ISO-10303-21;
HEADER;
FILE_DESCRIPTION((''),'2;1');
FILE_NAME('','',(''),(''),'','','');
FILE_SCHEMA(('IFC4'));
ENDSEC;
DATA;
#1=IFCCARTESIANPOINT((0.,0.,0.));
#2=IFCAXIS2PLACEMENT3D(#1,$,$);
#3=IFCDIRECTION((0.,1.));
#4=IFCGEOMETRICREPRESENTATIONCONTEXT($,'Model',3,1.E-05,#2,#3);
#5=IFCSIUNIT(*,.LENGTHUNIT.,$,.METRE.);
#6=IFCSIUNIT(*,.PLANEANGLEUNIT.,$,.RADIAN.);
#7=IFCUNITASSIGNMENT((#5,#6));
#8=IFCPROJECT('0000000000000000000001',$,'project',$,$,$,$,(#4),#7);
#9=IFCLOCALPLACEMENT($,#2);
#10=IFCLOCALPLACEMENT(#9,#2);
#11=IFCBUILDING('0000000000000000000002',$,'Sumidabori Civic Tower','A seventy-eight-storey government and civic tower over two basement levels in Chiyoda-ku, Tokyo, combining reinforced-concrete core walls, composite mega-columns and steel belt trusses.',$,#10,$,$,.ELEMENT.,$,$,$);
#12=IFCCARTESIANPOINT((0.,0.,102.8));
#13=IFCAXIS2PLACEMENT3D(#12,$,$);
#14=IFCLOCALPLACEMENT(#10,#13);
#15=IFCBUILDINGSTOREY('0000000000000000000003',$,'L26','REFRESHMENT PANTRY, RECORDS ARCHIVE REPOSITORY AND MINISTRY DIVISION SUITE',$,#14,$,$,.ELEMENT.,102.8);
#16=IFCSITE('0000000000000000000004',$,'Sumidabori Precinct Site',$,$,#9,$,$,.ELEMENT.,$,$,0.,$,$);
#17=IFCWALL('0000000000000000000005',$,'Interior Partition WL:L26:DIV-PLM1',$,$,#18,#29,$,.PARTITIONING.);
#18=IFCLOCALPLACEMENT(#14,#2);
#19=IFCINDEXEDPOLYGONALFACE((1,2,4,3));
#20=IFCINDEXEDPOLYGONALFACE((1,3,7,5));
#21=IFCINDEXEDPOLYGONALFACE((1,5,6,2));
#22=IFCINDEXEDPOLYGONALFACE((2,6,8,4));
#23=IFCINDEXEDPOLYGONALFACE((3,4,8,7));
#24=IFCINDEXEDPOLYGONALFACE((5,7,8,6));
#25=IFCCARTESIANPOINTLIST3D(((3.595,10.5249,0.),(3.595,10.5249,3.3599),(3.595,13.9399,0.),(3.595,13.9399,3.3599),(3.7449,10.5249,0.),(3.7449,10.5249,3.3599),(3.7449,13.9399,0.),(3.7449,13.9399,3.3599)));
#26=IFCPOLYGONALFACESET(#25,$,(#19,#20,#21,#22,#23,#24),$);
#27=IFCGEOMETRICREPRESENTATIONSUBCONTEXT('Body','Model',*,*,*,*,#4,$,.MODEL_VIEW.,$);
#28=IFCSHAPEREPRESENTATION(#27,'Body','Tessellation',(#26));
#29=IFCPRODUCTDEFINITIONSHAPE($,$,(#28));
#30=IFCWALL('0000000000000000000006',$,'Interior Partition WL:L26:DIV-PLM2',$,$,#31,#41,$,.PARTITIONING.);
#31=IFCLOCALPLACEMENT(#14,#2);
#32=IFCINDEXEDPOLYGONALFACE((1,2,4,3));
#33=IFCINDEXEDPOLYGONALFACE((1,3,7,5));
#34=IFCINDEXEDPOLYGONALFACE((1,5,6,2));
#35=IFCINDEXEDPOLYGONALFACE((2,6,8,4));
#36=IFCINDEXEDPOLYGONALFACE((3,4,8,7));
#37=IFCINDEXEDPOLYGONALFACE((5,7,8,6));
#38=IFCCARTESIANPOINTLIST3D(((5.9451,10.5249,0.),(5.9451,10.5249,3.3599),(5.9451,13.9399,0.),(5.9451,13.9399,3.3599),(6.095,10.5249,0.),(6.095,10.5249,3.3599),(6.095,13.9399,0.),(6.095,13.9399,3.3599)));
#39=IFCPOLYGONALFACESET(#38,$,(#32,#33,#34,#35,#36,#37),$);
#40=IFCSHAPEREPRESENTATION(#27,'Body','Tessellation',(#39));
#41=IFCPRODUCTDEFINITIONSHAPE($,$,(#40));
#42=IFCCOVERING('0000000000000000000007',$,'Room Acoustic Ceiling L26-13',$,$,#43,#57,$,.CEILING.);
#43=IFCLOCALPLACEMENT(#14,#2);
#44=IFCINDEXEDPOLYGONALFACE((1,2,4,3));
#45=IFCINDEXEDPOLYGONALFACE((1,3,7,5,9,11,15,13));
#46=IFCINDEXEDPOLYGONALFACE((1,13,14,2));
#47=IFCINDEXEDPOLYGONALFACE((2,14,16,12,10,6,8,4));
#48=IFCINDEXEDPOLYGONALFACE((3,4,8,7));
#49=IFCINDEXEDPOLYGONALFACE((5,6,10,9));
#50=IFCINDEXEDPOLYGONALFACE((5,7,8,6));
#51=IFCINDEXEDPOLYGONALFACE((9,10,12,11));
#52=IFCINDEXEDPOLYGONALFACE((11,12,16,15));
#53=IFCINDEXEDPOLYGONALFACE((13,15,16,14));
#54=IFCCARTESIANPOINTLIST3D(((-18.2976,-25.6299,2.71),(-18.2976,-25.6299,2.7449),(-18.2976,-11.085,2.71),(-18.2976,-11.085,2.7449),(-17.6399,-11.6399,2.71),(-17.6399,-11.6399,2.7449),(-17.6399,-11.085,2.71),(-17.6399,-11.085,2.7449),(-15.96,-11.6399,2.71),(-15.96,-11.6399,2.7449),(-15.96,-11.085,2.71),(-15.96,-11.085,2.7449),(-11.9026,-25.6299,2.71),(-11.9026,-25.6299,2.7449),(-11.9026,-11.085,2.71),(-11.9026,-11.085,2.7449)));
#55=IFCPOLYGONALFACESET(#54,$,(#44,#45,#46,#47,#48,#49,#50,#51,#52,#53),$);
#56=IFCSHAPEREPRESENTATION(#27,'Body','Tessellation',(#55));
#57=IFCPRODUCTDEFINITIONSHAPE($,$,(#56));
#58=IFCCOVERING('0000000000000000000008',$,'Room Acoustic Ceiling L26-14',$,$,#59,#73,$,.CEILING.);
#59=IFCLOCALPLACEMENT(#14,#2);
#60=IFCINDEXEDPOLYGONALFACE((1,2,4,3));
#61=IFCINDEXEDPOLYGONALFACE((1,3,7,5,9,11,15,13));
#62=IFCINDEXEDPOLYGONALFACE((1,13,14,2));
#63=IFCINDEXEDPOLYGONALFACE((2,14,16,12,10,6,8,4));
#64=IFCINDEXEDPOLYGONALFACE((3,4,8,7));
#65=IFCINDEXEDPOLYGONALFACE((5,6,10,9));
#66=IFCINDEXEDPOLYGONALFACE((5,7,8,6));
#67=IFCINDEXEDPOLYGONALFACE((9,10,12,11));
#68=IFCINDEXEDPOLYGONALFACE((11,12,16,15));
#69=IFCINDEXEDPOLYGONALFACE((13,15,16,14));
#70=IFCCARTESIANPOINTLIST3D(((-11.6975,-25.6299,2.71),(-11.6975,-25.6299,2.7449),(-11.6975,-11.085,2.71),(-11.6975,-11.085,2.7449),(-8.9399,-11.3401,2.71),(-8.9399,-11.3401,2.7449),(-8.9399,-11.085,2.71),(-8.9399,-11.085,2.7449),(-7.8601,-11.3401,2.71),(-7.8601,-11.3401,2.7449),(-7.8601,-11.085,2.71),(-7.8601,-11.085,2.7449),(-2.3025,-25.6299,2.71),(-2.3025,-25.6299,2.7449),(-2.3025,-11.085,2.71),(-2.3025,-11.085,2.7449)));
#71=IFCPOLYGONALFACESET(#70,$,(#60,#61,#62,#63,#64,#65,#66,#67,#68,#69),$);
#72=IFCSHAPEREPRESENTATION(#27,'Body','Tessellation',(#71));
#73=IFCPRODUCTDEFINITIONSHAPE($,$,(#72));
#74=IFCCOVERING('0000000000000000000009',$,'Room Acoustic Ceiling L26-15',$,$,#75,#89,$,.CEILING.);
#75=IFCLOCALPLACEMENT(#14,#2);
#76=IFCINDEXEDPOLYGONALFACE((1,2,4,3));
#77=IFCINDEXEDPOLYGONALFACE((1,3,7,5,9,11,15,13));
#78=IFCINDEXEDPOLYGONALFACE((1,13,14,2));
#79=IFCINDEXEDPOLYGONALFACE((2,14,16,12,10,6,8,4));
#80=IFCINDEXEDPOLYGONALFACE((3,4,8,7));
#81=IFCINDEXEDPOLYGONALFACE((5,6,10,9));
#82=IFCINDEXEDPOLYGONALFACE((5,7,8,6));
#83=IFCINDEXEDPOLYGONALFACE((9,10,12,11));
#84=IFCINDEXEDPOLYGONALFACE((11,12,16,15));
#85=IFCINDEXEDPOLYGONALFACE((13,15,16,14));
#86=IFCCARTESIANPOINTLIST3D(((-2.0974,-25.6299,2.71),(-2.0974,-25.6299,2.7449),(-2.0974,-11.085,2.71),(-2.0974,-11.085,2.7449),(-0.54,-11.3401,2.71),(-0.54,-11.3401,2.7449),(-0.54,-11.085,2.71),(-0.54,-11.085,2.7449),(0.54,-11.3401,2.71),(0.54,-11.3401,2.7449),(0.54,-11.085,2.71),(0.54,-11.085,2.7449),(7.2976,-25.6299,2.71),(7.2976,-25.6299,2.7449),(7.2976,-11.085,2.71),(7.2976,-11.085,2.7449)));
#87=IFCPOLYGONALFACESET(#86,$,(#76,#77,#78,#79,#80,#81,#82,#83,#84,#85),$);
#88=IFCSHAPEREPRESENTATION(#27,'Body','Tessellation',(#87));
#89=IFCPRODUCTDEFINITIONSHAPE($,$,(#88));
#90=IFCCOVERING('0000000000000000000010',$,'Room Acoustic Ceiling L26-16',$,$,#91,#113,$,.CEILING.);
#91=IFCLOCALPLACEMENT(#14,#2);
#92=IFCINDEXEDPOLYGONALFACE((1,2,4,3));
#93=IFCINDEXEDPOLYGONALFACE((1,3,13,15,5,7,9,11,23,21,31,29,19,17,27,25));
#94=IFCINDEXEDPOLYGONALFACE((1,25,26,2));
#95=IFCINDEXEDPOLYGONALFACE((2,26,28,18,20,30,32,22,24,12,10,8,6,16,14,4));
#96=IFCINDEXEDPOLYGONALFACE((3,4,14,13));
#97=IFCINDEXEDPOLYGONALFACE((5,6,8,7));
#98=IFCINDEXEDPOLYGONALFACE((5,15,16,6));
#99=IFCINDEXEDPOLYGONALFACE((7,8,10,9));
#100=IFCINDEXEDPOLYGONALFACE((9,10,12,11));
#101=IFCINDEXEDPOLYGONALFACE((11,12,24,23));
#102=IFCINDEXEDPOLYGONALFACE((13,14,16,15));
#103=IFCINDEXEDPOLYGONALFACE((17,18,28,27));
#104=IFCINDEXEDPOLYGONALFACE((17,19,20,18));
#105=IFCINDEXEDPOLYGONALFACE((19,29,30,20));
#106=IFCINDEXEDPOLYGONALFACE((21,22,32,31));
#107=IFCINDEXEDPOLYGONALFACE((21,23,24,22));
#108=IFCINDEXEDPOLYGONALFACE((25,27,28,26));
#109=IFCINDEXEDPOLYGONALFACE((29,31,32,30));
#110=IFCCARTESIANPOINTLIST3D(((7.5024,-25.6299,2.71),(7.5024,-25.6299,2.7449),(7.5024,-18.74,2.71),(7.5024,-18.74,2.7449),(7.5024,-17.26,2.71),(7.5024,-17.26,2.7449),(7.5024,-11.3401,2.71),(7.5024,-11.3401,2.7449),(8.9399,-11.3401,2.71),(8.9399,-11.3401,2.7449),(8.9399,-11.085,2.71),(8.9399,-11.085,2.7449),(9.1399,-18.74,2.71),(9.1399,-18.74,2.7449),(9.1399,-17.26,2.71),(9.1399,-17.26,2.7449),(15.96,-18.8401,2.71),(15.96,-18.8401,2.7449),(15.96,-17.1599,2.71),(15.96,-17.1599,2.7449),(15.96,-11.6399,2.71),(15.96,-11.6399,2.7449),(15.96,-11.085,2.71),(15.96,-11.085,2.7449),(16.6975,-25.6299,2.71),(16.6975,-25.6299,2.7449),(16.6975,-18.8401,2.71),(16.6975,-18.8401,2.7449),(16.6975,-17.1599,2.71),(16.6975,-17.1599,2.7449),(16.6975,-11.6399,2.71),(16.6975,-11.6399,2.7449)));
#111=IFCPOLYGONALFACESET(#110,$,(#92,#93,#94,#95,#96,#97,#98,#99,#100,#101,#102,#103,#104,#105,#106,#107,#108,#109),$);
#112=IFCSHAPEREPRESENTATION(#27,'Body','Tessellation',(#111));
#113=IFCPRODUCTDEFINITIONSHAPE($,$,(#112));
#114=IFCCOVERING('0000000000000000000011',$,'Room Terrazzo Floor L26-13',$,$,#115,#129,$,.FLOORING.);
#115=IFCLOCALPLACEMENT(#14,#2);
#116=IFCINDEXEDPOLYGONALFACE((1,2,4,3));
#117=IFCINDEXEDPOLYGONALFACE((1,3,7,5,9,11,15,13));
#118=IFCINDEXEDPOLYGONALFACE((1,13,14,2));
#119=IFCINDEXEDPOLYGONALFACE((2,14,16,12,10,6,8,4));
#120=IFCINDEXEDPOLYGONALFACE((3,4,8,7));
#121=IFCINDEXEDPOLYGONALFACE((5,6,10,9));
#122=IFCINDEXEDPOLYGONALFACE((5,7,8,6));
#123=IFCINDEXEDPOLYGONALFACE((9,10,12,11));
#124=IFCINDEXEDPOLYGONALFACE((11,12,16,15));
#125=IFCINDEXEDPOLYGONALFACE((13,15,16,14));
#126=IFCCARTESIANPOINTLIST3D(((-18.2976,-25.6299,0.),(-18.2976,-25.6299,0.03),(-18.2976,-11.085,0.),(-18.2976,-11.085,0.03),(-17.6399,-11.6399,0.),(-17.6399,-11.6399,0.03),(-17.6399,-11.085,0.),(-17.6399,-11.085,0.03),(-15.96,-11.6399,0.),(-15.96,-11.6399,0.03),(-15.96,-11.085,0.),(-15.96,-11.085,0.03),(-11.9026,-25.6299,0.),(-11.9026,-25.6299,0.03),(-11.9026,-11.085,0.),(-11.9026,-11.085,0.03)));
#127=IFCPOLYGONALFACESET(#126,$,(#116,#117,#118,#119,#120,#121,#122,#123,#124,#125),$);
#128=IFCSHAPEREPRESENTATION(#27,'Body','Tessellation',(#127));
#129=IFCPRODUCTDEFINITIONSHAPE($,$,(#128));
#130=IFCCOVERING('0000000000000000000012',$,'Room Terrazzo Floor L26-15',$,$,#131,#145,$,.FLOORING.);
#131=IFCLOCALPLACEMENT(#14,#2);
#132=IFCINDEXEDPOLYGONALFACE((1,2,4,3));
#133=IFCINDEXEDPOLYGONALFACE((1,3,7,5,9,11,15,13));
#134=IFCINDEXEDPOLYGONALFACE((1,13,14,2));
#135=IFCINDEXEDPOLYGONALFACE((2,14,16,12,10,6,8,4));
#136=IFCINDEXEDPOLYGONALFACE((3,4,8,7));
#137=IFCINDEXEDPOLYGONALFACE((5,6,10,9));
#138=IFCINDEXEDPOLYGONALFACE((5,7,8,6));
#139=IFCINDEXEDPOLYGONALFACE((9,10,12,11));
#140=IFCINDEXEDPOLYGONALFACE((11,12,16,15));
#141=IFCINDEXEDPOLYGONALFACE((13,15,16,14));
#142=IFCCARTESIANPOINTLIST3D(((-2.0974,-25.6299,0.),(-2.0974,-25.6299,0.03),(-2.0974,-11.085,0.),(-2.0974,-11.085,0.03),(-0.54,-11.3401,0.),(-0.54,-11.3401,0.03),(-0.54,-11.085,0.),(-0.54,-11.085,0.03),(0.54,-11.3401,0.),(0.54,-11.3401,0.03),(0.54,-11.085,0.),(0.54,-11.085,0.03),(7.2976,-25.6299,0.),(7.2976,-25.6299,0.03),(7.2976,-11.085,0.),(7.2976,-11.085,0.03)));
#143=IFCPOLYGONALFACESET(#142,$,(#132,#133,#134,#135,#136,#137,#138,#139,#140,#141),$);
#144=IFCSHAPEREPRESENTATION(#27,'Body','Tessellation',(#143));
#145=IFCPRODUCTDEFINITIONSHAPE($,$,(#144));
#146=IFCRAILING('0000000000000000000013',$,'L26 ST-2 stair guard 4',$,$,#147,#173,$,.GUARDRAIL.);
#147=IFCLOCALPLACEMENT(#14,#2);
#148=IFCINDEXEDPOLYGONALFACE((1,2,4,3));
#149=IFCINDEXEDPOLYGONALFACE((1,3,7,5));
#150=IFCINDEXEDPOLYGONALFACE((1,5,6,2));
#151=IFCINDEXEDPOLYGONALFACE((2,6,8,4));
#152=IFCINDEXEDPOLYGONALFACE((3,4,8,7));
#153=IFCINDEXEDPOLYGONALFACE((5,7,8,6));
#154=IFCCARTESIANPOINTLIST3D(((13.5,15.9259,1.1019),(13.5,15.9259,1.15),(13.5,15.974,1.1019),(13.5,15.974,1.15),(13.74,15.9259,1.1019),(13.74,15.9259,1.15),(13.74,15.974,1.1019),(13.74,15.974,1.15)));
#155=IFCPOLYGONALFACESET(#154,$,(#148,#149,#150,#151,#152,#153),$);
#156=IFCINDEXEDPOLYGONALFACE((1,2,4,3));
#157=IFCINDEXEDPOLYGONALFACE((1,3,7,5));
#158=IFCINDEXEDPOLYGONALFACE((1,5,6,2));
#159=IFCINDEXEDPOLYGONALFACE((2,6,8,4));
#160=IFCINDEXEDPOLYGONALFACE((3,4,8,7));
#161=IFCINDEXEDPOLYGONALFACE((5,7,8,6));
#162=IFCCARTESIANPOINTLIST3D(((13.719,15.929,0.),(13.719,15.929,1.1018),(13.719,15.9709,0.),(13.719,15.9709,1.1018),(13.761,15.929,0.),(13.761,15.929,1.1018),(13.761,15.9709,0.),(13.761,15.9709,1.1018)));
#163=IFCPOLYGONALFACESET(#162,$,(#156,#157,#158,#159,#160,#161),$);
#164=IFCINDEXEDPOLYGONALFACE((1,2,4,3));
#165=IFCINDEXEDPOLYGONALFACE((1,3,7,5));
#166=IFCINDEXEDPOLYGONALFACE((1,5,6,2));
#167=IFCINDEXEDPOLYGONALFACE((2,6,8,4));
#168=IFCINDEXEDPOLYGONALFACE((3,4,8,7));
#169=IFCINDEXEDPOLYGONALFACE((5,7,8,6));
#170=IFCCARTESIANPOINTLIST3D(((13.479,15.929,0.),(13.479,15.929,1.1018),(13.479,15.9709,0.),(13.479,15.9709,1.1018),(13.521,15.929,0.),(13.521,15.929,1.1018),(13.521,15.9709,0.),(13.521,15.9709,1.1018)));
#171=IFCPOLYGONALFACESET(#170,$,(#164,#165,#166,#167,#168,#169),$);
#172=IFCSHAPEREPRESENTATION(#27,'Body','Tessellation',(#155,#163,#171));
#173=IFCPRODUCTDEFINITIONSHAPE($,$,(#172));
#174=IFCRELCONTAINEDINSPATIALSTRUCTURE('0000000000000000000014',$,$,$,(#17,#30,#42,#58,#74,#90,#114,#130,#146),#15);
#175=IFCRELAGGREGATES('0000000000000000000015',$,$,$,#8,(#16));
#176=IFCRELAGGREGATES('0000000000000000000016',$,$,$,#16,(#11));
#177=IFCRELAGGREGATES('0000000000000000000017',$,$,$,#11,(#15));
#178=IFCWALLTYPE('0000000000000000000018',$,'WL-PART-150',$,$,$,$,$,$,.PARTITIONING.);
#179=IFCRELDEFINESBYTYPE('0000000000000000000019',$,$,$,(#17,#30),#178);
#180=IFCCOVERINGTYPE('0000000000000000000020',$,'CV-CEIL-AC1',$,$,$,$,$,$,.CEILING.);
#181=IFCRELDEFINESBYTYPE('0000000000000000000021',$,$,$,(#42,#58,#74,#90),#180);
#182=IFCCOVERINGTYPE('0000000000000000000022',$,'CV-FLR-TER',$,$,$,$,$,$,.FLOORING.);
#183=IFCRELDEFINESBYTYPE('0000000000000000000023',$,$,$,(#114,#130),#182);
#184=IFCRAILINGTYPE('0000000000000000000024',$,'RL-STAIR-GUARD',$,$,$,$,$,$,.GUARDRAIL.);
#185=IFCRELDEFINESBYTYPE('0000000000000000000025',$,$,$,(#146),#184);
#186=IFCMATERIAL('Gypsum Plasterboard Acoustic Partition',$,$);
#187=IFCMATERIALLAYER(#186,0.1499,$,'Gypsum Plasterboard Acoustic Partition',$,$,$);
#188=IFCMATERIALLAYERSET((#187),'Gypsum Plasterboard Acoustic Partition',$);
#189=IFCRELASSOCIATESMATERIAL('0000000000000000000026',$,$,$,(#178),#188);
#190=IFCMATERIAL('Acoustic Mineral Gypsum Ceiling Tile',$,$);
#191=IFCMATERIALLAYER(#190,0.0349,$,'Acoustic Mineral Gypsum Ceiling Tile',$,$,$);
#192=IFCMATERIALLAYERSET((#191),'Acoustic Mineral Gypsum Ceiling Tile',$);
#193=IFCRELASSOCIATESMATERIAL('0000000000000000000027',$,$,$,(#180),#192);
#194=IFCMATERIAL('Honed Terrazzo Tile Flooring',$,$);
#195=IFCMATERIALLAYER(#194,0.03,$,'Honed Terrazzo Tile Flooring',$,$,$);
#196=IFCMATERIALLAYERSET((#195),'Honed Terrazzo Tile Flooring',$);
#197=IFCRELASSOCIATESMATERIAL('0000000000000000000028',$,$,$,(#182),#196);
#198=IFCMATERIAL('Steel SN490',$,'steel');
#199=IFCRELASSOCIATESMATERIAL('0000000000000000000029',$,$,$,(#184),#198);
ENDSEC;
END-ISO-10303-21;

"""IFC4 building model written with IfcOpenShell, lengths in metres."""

from ifc_helpers import new_model, si_unit, direction, frame, frame_2d, origin, origin_2d, place, context, subcontext, project, spatial, polyline, rectangle, outline, extrude, source, transform, mapped, material, layer, layer_set, type_object, element, save


model = new_model("IFC4")

# Units and contexts
model_context = context("Model", 3, precision=1e-05, world=origin(), true_north=direction((0.0, 1.0)))
body_context = subcontext(model_context, "Body", "Model", "MODEL_VIEW")
ifc_project = project(units=[si_unit("LENGTHUNIT", "METRE"), si_unit("PLANEANGLEUNIT", "RADIAN")], contexts=[model_context])

# Site, building, storey
site_placement = place(None, origin())
site = spatial("IfcSite", under=ifc_project, at=site_placement, Name="Sumidabori Precinct Site", CompositionType="ELEMENT", RefElevation=0.0)
building_placement = place(site_placement, origin())
building = spatial("IfcBuilding", under=site, at=building_placement, Name="Sumidabori Civic Tower", Description="A seventy-eight-storey government and civic tower over two basement levels in Chiyoda-ku, Tokyo, combining reinforced-concrete core walls, composite mega-columns and steel belt trusses.", CompositionType="ELEMENT")
storey_placement = place(building_placement, frame((0.0, 0.0, 102.8)))
storey = spatial("IfcBuildingStorey", under=building, at=storey_placement, Name="L26", Description="REFRESHMENT PANTRY, RECORDS ARCHIVE REPOSITORY AND MINISTRY DIVISION SUITE", CompositionType="ELEMENT", Elevation=102.8)

# Shared definitions
ifc_material_1 = material(Name="Steel SN490", Category="steel")

# Shared definitions
ifc_material_2 = material(Name="Gypsum Plasterboard Acoustic Partition")
ifc_layer_1 = layer(ifc_material_2, 0.1499, Name="Gypsum Plasterboard Acoustic Partition")
ifc_layer_set_1 = layer_set([ifc_layer_1], Name="Gypsum Plasterboard Acoustic Partition")
wall_type_1 = type_object("IfcWallType", Name="WL-PART-150", PredefinedType="PARTITIONING", material=ifc_layer_set_1)

# Walls
shared_shape_1 = source(origin(), body_context, "Body", "SweptSolid", [
    extrude(rectangle(XDim=3.415, YDim=0.1499, at=frame_2d((1.7075, 0.0))), origin(), (0.0, 0.0, 1.0), 3.3599),
])
for number, where, z_axis, x_axis, name in (
    (1, (3.6699, 10.5249, 0.0), (0.0, 0.0, 1.0), (0.0, 1.0, 0.0), "Interior Partition WL:L26:DIV-PLM1"),
    (2, (6.02, 10.5249, 0.0), (0.0, 0.0, 1.0), (0.0, 1.0, 0.0), "Interior Partition WL:L26:DIV-PLM2"),
):
    element("IfcWall", number, at=place(storey_placement, frame(where, z_axis=z_axis, x_axis=x_axis)), inside=storey, type_object=wall_type_1, Name=name, PredefinedType="PARTITIONING", context=body_context, shape_type="MappedRepresentation", body=[
        mapped(shared_shape_1, transform((0.0, 0.0, 0.0), x_axis=(1.0, 0.0, 0.0), y_axis=(0.0, 1.0, 0.0), z_axis=(0.0, 0.0, 1.0), scale=1.0)),
    ])

# Coverings
ifc_material_3 = material(Name="Acoustic Mineral Gypsum Ceiling Tile")
ifc_layer_2 = layer(ifc_material_3, 0.0349, Name="Acoustic Mineral Gypsum Ceiling Tile")
ifc_layer_set_2 = layer_set([ifc_layer_2], Name="Acoustic Mineral Gypsum Ceiling Tile")
covering_type_1 = type_object("IfcCoveringType", Name="CV-CEIL-AC1", PredefinedType="CEILING", material=ifc_layer_set_2)
covering_1_placement = place(storey_placement, frame((0.0, 0.0, 2.71)))
element("IfcCovering", 3, at=covering_1_placement, inside=storey, type_object=covering_type_1, Name="Room Acoustic Ceiling L26-13", PredefinedType="CEILING", context=body_context, shape_type="SweptSolid", body=[
    extrude(outline(polyline([(-18.2976, -11.085), (-17.6399, -11.085), (-17.6399, -11.6399), (-15.96, -11.6399), (-15.96, -11.085), (-11.9026, -11.085), (-11.9026, -25.6299), (-18.2976, -25.6299), (-18.2976, -11.085)])), origin(), (0.0, 0.0, 1.0), 0.0349),
])
covering_2_placement = place(storey_placement, frame((0.0, 0.0, 2.71)))
element("IfcCovering", 4, at=covering_2_placement, inside=storey, type_object=covering_type_1, Name="Room Acoustic Ceiling L26-14", PredefinedType="CEILING", context=body_context, shape_type="SweptSolid", body=[
    extrude(outline(polyline([(-11.6975, -11.085), (-8.9399, -11.085), (-8.9399, -11.3401), (-7.8601, -11.3401), (-7.8601, -11.085), (-2.3025, -11.085), (-2.3025, -25.6299), (-11.6975, -25.6299), (-11.6975, -11.085)])), origin(), (0.0, 0.0, 1.0), 0.0349),
])
covering_3_placement = place(storey_placement, frame((0.0, 0.0, 2.71)))
element("IfcCovering", 5, at=covering_3_placement, inside=storey, type_object=covering_type_1, Name="Room Acoustic Ceiling L26-15", PredefinedType="CEILING", context=body_context, shape_type="SweptSolid", body=[
    extrude(outline(polyline([(-2.0974, -11.085), (-0.54, -11.085), (-0.54, -11.3401), (0.54, -11.3401), (0.54, -11.085), (7.2976, -11.085), (7.2976, -25.6299), (-2.0974, -25.6299), (-2.0974, -11.085)])), origin(), (0.0, 0.0, 1.0), 0.0349),
])
covering_4_placement = place(storey_placement, frame((0.0, 0.0, 2.71)))
element("IfcCovering", 6, at=covering_4_placement, inside=storey, type_object=covering_type_1, Name="Room Acoustic Ceiling L26-16", PredefinedType="CEILING", context=body_context, shape_type="SweptSolid", body=[
    extrude(outline(polyline([(7.5024, -18.74), (9.1399, -18.74), (9.1399, -17.26), (7.5024, -17.26), (7.5024, -11.3401), (8.9399, -11.3401), (8.9399, -11.085), (15.96, -11.085), (15.96, -11.6399), (16.6975, -11.6399), (16.6975, -17.1599), (15.96, -17.1599), (15.96, -18.8401), (16.6975, -18.8401), (16.6975, -25.6299), (7.5024, -25.6299), (7.5024, -18.74)])), origin(), (0.0, 0.0, 1.0), 0.0349),
])
ifc_material_4 = material(Name="Honed Terrazzo Tile Flooring")
ifc_layer_3 = layer(ifc_material_4, 0.03, Name="Honed Terrazzo Tile Flooring")
ifc_layer_set_3 = layer_set([ifc_layer_3], Name="Honed Terrazzo Tile Flooring")
covering_type_2 = type_object("IfcCoveringType", Name="CV-FLR-TER", PredefinedType="FLOORING", material=ifc_layer_set_3)
covering_5_placement = place(storey_placement, origin())
element("IfcCovering", 7, at=covering_5_placement, inside=storey, type_object=covering_type_2, Name="Room Terrazzo Floor L26-13", PredefinedType="FLOORING", context=body_context, shape_type="SweptSolid", body=[
    extrude(outline(polyline([(-18.2976, -11.085), (-17.6399, -11.085), (-17.6399, -11.6399), (-15.96, -11.6399), (-15.96, -11.085), (-11.9026, -11.085), (-11.9026, -25.6299), (-18.2976, -25.6299), (-18.2976, -11.085)])), origin(), (0.0, 0.0, 1.0), 0.03),
])
covering_6_placement = place(storey_placement, origin())
element("IfcCovering", 8, at=covering_6_placement, inside=storey, type_object=covering_type_2, Name="Room Terrazzo Floor L26-15", PredefinedType="FLOORING", context=body_context, shape_type="SweptSolid", body=[
    extrude(outline(polyline([(-2.0974, -11.085), (-0.54, -11.085), (-0.54, -11.3401), (0.54, -11.3401), (0.54, -11.085), (7.2976, -11.085), (7.2976, -25.6299), (-2.0974, -25.6299), (-2.0974, -11.085)])), origin(), (0.0, 0.0, 1.0), 0.03),
])

# Railing
railing_type = type_object("IfcRailingType", Name="RL-STAIR-GUARD", PredefinedType="GUARDRAIL", material=ifc_material_1)
railing_placement = place(storey_placement, frame((13.74, 15.95, 0.0)))
element("IfcRailing", 9, at=railing_placement, inside=storey, type_object=railing_type, Name="L26 ST-2 stair guard 4", PredefinedType="GUARDRAIL", context=body_context, shape_type="SweptSolid", body=[
    extrude(rectangle(XDim=0.0481, YDim=0.0481, at=origin_2d()), frame((0.0, 0.0, 1.126), z_axis=(-1.0, 0.0, 0.0), x_axis=(0.0, -1.0, 0.0)), (0.0, 0.0, 1.0), 0.24),
    extrude(rectangle(XDim=0.042, YDim=0.042, at=origin_2d()), origin(), (0.0, 0.0, 1.0), 1.1018),
    extrude(rectangle(XDim=0.042, YDim=0.042, at=origin_2d()), frame((-0.24, 0.0, 0.0)), (0.0, 0.0, 1.0), 1.1018),
])

save(model, "model.ifc")
